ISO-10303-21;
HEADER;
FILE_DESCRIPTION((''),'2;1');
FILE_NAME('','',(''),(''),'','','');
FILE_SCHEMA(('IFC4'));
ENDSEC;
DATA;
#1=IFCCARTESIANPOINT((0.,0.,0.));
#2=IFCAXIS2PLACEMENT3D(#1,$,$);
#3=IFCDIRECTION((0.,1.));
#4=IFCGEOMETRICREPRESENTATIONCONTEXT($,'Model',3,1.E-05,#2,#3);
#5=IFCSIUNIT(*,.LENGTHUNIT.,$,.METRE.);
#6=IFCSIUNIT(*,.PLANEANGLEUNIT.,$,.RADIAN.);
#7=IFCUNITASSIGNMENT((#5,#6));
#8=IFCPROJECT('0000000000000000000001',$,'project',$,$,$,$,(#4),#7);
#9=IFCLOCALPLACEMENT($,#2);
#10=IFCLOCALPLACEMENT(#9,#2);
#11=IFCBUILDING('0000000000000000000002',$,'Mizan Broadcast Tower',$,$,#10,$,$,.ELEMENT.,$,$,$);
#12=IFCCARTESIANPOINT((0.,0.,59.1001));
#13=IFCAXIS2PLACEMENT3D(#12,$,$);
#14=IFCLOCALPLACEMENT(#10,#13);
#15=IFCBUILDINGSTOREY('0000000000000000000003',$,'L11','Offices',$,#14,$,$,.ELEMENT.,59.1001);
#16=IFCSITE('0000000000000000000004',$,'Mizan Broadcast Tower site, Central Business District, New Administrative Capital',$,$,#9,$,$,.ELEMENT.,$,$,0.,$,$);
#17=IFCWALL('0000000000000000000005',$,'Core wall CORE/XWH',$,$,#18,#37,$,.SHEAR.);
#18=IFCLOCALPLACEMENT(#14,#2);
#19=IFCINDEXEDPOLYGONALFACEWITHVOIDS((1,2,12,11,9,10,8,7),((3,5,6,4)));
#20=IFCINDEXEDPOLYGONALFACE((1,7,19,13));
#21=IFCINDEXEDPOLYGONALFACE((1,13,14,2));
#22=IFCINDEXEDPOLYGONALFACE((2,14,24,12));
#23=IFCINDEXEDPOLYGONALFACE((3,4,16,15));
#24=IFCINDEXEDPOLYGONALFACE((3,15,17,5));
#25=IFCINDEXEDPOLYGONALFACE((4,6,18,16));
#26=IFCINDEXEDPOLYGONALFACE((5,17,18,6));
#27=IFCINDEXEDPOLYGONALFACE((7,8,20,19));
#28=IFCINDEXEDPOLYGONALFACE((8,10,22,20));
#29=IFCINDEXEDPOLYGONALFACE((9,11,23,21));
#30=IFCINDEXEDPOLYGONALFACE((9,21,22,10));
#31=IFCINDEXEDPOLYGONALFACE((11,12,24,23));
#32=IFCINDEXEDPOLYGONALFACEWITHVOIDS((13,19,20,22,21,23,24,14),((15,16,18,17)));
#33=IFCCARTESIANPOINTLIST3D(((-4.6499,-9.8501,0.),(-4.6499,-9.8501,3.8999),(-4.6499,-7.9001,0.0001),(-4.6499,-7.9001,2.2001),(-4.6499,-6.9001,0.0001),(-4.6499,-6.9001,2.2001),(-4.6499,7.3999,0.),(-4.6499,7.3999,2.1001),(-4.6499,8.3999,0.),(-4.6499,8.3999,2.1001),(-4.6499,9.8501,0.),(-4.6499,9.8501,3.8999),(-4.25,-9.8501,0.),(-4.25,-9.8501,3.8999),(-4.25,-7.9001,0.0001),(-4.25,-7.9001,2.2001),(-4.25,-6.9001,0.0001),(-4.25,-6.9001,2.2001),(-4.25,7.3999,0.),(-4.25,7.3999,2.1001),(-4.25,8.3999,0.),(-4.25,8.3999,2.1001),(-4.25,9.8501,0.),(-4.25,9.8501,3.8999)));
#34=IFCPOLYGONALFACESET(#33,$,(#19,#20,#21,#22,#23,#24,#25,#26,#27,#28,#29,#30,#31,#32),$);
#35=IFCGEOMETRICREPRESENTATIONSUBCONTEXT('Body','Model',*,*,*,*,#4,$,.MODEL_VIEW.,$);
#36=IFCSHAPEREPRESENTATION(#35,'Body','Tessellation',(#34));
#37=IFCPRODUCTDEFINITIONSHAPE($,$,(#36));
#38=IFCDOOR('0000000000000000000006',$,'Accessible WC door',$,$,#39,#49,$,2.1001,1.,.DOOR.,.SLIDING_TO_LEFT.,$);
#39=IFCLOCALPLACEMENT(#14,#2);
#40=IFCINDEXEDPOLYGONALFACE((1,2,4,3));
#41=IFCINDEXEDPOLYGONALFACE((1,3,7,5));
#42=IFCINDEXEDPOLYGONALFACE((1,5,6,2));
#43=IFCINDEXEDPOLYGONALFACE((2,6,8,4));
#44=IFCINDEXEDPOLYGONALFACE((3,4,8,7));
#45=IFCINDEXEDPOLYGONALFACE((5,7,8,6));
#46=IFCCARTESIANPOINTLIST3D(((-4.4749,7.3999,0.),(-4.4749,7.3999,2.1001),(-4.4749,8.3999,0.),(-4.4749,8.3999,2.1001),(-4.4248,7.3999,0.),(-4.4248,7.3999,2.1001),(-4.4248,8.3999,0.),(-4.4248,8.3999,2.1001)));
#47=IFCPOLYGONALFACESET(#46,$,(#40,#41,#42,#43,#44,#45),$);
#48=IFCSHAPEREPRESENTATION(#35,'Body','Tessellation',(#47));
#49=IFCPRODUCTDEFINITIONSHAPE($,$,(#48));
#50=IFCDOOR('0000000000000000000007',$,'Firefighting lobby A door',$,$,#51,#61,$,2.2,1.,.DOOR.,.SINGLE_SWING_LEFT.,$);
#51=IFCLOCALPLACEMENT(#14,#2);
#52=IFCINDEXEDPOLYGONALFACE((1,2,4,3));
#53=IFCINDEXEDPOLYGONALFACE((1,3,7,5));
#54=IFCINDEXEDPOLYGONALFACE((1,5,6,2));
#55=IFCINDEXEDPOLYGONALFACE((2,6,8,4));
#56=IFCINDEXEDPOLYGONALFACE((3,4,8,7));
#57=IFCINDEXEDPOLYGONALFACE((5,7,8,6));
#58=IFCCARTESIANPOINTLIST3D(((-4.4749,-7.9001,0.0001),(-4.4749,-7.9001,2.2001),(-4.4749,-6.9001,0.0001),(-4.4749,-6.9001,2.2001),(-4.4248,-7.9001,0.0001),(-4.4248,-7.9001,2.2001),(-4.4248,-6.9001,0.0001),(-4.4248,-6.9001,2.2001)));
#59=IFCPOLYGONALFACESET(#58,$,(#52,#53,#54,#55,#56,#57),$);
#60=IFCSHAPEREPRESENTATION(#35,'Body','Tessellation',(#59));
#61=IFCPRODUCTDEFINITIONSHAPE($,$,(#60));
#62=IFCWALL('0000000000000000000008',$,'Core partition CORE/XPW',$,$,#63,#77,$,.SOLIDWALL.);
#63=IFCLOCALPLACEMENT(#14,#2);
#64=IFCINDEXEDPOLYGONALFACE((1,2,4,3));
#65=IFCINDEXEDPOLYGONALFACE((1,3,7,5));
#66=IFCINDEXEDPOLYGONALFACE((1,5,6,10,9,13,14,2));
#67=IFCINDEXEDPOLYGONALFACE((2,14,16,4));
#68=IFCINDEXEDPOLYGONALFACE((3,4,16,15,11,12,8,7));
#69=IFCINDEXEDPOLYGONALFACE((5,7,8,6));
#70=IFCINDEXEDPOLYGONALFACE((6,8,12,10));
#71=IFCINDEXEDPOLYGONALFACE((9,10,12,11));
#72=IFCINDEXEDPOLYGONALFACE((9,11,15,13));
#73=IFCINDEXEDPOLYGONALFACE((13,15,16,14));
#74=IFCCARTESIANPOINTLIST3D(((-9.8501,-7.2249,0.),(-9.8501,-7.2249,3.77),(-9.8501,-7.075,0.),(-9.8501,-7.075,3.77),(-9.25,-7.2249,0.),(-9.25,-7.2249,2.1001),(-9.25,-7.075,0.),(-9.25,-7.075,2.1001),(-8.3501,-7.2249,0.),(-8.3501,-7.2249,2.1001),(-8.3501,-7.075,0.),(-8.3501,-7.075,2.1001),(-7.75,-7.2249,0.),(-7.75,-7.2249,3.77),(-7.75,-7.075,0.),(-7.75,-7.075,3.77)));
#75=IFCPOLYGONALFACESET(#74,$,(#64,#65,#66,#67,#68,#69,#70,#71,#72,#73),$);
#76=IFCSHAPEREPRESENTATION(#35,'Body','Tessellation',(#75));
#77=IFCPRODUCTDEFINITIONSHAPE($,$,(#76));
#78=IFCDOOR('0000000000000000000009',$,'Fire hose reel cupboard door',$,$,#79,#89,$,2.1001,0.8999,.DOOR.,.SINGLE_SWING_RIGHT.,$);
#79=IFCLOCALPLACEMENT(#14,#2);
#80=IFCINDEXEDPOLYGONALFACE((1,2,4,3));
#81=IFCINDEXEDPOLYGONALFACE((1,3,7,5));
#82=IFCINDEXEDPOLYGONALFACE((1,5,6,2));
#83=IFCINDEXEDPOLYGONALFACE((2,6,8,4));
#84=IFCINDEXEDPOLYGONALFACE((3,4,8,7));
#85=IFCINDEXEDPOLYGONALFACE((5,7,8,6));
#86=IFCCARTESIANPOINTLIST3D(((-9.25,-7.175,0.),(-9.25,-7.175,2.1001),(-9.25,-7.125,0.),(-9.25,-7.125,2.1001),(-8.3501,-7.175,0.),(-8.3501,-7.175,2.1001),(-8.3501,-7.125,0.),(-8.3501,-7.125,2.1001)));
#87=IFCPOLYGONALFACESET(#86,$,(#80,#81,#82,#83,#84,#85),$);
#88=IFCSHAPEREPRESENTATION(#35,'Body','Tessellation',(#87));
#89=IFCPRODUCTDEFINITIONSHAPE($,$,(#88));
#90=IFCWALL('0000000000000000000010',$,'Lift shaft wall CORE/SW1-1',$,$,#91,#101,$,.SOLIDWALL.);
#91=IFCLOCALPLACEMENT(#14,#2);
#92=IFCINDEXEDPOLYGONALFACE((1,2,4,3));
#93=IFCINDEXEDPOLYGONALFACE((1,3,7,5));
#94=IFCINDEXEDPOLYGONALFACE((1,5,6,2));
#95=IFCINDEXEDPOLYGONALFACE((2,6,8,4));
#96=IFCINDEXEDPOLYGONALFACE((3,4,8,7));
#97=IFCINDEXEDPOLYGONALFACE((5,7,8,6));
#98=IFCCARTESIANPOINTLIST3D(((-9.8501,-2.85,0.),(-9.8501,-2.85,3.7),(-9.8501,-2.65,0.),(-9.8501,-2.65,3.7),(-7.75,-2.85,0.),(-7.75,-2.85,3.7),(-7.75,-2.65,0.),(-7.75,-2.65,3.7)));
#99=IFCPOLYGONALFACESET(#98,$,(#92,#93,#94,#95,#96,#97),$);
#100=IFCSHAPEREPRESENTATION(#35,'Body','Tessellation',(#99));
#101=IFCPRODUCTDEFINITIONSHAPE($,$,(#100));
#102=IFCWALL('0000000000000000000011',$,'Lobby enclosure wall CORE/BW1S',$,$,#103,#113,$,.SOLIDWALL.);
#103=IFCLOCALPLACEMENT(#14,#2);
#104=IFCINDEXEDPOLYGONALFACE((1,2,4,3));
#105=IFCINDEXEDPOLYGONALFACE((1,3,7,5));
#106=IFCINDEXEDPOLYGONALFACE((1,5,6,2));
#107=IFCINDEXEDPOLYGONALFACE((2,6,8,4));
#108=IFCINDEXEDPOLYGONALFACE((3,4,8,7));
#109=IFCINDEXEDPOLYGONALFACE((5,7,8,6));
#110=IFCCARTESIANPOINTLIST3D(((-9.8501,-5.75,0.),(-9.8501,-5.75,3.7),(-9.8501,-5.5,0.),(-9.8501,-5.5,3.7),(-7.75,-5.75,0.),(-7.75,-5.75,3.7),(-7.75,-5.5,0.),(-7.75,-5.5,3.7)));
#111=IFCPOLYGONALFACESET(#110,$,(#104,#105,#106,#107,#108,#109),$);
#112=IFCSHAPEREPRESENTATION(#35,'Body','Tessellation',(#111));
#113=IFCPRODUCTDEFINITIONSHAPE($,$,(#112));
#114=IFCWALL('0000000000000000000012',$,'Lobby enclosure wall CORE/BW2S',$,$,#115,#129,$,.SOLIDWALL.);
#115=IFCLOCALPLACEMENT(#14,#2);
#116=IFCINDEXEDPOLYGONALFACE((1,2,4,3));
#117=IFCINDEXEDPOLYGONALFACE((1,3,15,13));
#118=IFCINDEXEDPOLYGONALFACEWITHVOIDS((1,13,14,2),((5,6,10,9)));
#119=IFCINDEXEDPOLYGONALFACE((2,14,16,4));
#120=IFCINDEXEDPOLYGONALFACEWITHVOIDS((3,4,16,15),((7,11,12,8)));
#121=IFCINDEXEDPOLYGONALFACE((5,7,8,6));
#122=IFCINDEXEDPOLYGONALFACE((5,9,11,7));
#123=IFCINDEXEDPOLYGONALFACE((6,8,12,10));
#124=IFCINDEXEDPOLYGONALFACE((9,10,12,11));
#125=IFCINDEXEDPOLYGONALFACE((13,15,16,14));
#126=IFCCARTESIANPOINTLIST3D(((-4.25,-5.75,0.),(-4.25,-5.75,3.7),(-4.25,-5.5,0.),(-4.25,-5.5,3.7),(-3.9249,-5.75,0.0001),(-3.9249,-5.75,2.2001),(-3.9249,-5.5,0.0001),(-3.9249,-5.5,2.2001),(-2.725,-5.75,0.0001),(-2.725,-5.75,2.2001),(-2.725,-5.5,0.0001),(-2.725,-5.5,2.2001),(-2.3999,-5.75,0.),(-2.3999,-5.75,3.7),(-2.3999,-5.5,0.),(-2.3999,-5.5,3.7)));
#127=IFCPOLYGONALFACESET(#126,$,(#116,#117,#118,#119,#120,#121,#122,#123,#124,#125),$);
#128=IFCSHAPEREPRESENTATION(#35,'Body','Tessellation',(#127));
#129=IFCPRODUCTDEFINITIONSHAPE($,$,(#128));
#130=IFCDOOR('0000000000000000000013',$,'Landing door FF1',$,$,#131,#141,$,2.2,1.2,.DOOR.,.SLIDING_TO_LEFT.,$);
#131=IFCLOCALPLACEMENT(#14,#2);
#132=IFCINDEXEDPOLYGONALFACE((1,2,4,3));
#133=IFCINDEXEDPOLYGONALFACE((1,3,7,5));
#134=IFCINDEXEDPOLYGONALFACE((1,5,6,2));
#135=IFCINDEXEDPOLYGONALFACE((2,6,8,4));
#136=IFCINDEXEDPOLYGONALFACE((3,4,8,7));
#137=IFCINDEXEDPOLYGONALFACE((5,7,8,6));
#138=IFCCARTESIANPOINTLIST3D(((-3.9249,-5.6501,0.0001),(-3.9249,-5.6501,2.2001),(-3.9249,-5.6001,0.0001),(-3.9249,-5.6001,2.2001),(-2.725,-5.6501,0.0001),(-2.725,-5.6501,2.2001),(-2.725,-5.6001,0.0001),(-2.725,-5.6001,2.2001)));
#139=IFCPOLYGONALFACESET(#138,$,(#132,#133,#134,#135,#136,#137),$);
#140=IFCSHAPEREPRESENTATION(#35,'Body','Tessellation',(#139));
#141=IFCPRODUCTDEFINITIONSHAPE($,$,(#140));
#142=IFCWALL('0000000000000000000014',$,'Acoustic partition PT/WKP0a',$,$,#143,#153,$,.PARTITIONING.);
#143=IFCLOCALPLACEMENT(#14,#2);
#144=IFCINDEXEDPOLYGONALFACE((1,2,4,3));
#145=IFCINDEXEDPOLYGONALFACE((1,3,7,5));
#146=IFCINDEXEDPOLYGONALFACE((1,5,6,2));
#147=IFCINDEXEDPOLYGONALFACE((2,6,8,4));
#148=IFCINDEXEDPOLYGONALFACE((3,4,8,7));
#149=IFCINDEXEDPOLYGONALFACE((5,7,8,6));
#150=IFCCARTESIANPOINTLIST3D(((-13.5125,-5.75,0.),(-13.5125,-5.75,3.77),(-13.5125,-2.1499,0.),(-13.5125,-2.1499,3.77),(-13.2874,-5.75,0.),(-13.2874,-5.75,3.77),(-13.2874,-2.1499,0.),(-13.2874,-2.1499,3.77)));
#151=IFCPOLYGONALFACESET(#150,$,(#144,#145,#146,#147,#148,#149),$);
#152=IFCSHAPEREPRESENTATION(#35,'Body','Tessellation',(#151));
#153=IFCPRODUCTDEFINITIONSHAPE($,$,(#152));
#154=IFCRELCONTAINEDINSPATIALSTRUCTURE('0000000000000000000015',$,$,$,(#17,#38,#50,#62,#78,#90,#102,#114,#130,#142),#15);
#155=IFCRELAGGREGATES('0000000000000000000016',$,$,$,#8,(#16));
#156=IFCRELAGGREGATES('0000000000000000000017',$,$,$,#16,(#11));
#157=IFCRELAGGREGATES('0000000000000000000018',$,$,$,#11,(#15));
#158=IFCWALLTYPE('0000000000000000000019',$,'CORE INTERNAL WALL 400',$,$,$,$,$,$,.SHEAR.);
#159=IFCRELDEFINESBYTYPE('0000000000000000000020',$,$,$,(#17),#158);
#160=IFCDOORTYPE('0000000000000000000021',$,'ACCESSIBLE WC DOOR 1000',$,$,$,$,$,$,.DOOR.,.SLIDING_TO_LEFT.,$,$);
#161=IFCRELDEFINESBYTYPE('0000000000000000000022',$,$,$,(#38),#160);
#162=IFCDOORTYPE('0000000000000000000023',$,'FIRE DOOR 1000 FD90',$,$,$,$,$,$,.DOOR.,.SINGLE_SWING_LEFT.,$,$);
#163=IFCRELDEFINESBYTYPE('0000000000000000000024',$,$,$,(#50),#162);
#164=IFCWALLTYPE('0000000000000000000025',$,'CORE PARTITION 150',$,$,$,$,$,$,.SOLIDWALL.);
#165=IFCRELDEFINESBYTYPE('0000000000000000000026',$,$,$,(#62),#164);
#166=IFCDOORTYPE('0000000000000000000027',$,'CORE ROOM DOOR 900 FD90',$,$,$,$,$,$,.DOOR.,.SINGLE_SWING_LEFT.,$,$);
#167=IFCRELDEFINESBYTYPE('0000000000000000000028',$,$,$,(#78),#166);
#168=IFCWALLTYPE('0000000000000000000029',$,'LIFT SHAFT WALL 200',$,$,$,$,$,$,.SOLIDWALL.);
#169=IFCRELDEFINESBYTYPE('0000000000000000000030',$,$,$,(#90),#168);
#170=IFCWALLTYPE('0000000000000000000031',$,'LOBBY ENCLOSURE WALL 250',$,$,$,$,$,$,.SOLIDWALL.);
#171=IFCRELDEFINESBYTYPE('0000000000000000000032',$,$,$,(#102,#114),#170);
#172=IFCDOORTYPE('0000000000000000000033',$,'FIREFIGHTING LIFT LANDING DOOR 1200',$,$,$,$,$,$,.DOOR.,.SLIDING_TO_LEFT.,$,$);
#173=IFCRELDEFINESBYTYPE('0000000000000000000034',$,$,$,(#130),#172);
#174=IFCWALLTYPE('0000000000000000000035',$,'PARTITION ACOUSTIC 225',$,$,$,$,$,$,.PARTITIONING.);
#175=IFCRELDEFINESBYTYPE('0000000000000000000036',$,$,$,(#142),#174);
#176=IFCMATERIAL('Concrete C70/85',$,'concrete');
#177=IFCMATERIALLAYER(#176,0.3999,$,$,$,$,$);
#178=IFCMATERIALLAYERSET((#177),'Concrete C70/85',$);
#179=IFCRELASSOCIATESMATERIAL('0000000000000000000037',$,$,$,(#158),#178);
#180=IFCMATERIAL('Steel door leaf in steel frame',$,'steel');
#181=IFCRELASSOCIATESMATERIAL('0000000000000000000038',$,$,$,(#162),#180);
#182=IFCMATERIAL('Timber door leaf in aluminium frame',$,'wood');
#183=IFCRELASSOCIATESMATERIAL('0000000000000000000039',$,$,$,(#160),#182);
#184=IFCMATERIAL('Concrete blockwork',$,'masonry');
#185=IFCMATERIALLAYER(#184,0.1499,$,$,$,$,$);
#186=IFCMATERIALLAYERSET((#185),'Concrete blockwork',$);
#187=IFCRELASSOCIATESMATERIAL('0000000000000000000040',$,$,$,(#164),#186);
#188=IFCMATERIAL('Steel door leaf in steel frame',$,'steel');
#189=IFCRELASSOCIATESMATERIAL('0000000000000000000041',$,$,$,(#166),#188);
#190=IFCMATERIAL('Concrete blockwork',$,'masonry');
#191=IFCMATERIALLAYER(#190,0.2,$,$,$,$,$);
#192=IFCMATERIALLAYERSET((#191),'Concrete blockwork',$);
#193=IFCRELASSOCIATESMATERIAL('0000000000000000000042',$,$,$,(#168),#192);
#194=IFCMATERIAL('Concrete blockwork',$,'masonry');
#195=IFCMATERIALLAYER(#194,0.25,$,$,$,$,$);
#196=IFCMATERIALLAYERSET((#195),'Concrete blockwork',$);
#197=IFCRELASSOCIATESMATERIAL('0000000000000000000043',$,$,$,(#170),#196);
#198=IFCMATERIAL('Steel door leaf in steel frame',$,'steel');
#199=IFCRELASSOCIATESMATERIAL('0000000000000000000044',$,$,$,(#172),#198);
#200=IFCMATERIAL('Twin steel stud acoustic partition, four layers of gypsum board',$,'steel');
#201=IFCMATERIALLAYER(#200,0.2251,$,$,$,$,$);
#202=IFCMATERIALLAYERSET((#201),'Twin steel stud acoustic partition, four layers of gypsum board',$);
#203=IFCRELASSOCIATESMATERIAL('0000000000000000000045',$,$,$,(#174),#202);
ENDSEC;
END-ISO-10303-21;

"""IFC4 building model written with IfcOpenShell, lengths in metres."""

from ifc_helpers import new_model, si_unit, direction, frame, frame_2d, origin, place, context, subcontext, project, spatial, rectangle, extrude, material, layer, layer_set, type_object, element, fill, save


model = new_model("IFC4")

# Units and contexts
model_context = context("Model", 3, precision=1e-05, world=origin(), true_north=direction((0.0, 1.0)))
body_context = subcontext(model_context, "Body", "Model", "MODEL_VIEW")
ifc_project = project(units=[si_unit("LENGTHUNIT", "METRE"), si_unit("PLANEANGLEUNIT", "RADIAN")], contexts=[model_context])

# Site, building, storey
site_placement = place(None, origin())
site = spatial("IfcSite", under=ifc_project, at=site_placement, Name="Mizan Broadcast Tower site, Central Business District, New Administrative Capital", CompositionType="ELEMENT", RefElevation=0.0)
building_placement = place(site_placement, origin())
building = spatial("IfcBuilding", under=site, at=building_placement, Name="Mizan Broadcast Tower", CompositionType="ELEMENT")
storey_placement = place(building_placement, frame((0.0, 0.0, 59.1001)))
storey = spatial("IfcBuildingStorey", under=building, at=storey_placement, Name="L11", Description="Offices", CompositionType="ELEMENT", Elevation=59.1001)

# Wall, openings, doors
ifc_material_1 = material(Name="Concrete C70/85", Category="concrete")
ifc_layer_1 = layer(ifc_material_1, 0.3999)
ifc_layer_set_1 = layer_set([ifc_layer_1], Name="Concrete C70/85")
wall_type_1 = type_object("IfcWallType", Name="CORE INTERNAL WALL 400", PredefinedType="SHEAR", material=ifc_layer_set_1)
ifc_material_2 = material(Name="Steel door leaf in steel frame", Category="steel")
door_type_1 = type_object("IfcDoorType", Name="FIRE DOOR 1000 FD90", OperationType="SINGLE_SWING_LEFT", PredefinedType="DOOR", material=ifc_material_2)
wall_1_placement = place(storey_placement, frame((-4.45, -9.8501, 0.0), z_axis=(0.0, 0.0, 1.0), x_axis=(0.0, 1.0, 0.0)))
wall_1 = element("IfcWall", 1, at=wall_1_placement, inside=storey, type_object=wall_type_1, Name="Core wall CORE/XWH", PredefinedType="SHEAR", context=body_context, shape_type="SweptSolid", body=[
    extrude(rectangle(XDim=19.7002, YDim=0.3999, at=frame_2d((9.8501, 0.0))), origin(), (0.0, 0.0, 1.0), 3.8999),
])
opening_1_placement = place(wall_1_placement, frame((1.95, 0.0, 0.0)))
opening_1 = element("IfcOpeningElement", 2, at=opening_1_placement, cuts=wall_1, PredefinedType="OPENING", context=body_context, shape_type="SweptSolid", body=[
    extrude(rectangle(XDim=1.0, YDim=2.2, at=frame_2d((0.5, 1.1001))), frame((0.0, 0.21, 0.0), z_axis=(0.0, -1.0, 0.0), x_axis=(1.0, 0.0, 0.0)), (0.0, 0.0, 1.0), 0.4199),
])
opening_2_placement = place(wall_1_placement, frame((17.25, 0.0, 0.0)))
opening_2 = element("IfcOpeningElement", 3, at=opening_2_placement, cuts=wall_1, PredefinedType="OPENING", context=body_context, shape_type="SweptSolid", body=[
    extrude(rectangle(XDim=1.0, YDim=2.1001, at=frame_2d((0.5, 1.05))), frame((0.0, 0.21, 0.0), z_axis=(0.0, -1.0, 0.0), x_axis=(1.0, 0.0, 0.0)), (0.0, 0.0, 1.0), 0.4199),
])
ifc_material_3 = material(Name="Timber door leaf in aluminium frame", Category="wood")
door_type_2 = type_object("IfcDoorType", Name="ACCESSIBLE WC DOOR 1000", OperationType="SLIDING_TO_LEFT", PredefinedType="DOOR", material=ifc_material_3)
door_1_placement = place(opening_2_placement, origin())
door_1 = element("IfcDoor", 4, at=door_1_placement, inside=storey, type_object=door_type_2, Name="Accessible WC door", OperationType="SLIDING_TO_LEFT", OverallHeight=2.1001, OverallWidth=1.0, PredefinedType="DOOR", context=body_context, shape_type="SweptSolid", body=[
    extrude(rectangle(XDim=1.0, YDim=2.1001, at=frame_2d((0.5, 1.05))), frame((0.0, 0.0249, 0.0), z_axis=(0.0, -1.0, 0.0), x_axis=(1.0, 0.0, 0.0)), (0.0, 0.0, 1.0), 0.05),
])
fill(opening_2, door_1)
door_2_placement = place(opening_1_placement, origin())
door_2 = element("IfcDoor", 5, at=door_2_placement, inside=storey, type_object=door_type_1, Name="Firefighting lobby A door", OperationType="SINGLE_SWING_LEFT", OverallHeight=2.2, OverallWidth=1.0, PredefinedType="DOOR", context=body_context, shape_type="SweptSolid", body=[
    extrude(rectangle(XDim=1.0, YDim=2.2, at=frame_2d((0.5, 1.1001))), frame((0.0, 0.0249, 0.0), z_axis=(0.0, -1.0, 0.0), x_axis=(1.0, 0.0, 0.0)), (0.0, 0.0, 1.0), 0.05),
])
fill(opening_1, door_2)

# Wall, opening, door
ifc_material_4 = material(Name="Concrete blockwork", Category="masonry")
ifc_layer_2 = layer(ifc_material_4, 0.1499)
ifc_layer_set_2 = layer_set([ifc_layer_2], Name="Concrete blockwork")
wall_type_2 = type_object("IfcWallType", Name="CORE PARTITION 150", PredefinedType="SOLIDWALL", material=ifc_layer_set_2)
wall_2_placement = place(storey_placement, frame((-9.8501, -7.1499, 0.0), z_axis=(0.0, 0.0, 1.0), x_axis=(1.0, 0.0, 0.0)))
wall_2 = element("IfcWall", 6, at=wall_2_placement, inside=storey, type_object=wall_type_2, Name="Core partition CORE/XPW", PredefinedType="SOLIDWALL", context=body_context, shape_type="SweptSolid", body=[
    extrude(rectangle(XDim=2.1001, YDim=0.1499, at=frame_2d((1.05, 0.0))), origin(), (0.0, 0.0, 1.0), 3.77),
])
opening_3_placement = place(wall_2_placement, frame((0.6001, 0.0, 0.0)))
opening_3 = element("IfcOpeningElement", 7, at=opening_3_placement, cuts=wall_2, PredefinedType="OPENING", context=body_context, shape_type="SweptSolid", body=[
    extrude(rectangle(XDim=0.8999, YDim=2.1001, at=frame_2d((0.45, 1.05))), frame((0.0, 0.085, 0.0), z_axis=(0.0, -1.0, 0.0), x_axis=(1.0, 0.0, 0.0)), (0.0, 0.0, 1.0), 0.1699),
])
ifc_material_5 = material(Name="Steel door leaf in steel frame", Category="steel")
door_type_3 = type_object("IfcDoorType", Name="CORE ROOM DOOR 900 FD90", OperationType="SINGLE_SWING_LEFT", PredefinedType="DOOR", material=ifc_material_5)
door_3_placement = place(opening_3_placement, origin())
door_3 = element("IfcDoor", 8, at=door_3_placement, inside=storey, type_object=door_type_3, Name="Fire hose reel cupboard door", OperationType="SINGLE_SWING_RIGHT", OverallHeight=2.1001, OverallWidth=0.8999, PredefinedType="DOOR", context=body_context, shape_type="SweptSolid", body=[
    extrude(rectangle(XDim=0.8999, YDim=2.1001, at=frame_2d((0.45, 1.05))), frame((0.0, 0.0249, 0.0), z_axis=(0.0, -1.0, 0.0), x_axis=(1.0, 0.0, 0.0)), (0.0, 0.0, 1.0), 0.05),
])
fill(opening_3, door_3)

# Walls
ifc_material_6 = material(Name="Concrete blockwork", Category="masonry")
ifc_layer_3 = layer(ifc_material_6, 0.2)
ifc_layer_set_3 = layer_set([ifc_layer_3], Name="Concrete blockwork")
wall_type_3 = type_object("IfcWallType", Name="LIFT SHAFT WALL 200", PredefinedType="SOLIDWALL", material=ifc_layer_set_3)
wall_3_placement = place(storey_placement, frame((-9.8501, -2.75, 0.0), z_axis=(0.0, 0.0, 1.0), x_axis=(1.0, 0.0, 0.0)))
element("IfcWall", 9, at=wall_3_placement, inside=storey, type_object=wall_type_3, Name="Lift shaft wall CORE/SW1-1", PredefinedType="SOLIDWALL", context=body_context, shape_type="SweptSolid", body=[
    extrude(rectangle(XDim=2.1001, YDim=0.2, at=frame_2d((1.05, 0.0))), origin(), (0.0, 0.0, 1.0), 3.7),
])
ifc_material_7 = material(Name="Concrete blockwork", Category="masonry")
ifc_layer_4 = layer(ifc_material_7, 0.25)
ifc_layer_set_4 = layer_set([ifc_layer_4], Name="Concrete blockwork")
wall_type_4 = type_object("IfcWallType", Name="LOBBY ENCLOSURE WALL 250", PredefinedType="SOLIDWALL", material=ifc_layer_set_4)
wall_4_placement = place(storey_placement, frame((-9.8501, -5.625, 0.0), z_axis=(0.0, 0.0, 1.0), x_axis=(1.0, 0.0, 0.0)))
element("IfcWall", 10, at=wall_4_placement, inside=storey, type_object=wall_type_4, Name="Lobby enclosure wall CORE/BW1S", PredefinedType="SOLIDWALL", context=body_context, shape_type="SweptSolid", body=[
    extrude(rectangle(XDim=2.1001, YDim=0.25, at=frame_2d((1.05, 0.0))), origin(), (0.0, 0.0, 1.0), 3.7),
])

# Wall, opening, door
wall_5_placement = place(storey_placement, frame((-4.25, -5.625, 0.0), z_axis=(0.0, 0.0, 1.0), x_axis=(1.0, 0.0, 0.0)))
wall_5 = element("IfcWall", 11, at=wall_5_placement, inside=storey, type_object=wall_type_4, Name="Lobby enclosure wall CORE/BW2S", PredefinedType="SOLIDWALL", context=body_context, shape_type="SweptSolid", body=[
    extrude(rectangle(XDim=1.8501, YDim=0.25, at=frame_2d((0.925, 0.0))), origin(), (0.0, 0.0, 1.0), 3.7),
])
opening_4_placement = place(wall_5_placement, frame((0.325, 0.0, 0.0)))
opening_4 = element("IfcOpeningElement", 12, at=opening_4_placement, cuts=wall_5, PredefinedType="OPENING", context=body_context, shape_type="SweptSolid", body=[
    extrude(rectangle(XDim=1.2, YDim=2.2, at=frame_2d((0.6001, 1.1001))), frame((0.0, 0.135, 0.0), z_axis=(0.0, -1.0, 0.0), x_axis=(1.0, 0.0, 0.0)), (0.0, 0.0, 1.0), 0.27),
])
ifc_material_8 = material(Name="Steel door leaf in steel frame", Category="steel")
door_type_4 = type_object("IfcDoorType", Name="FIREFIGHTING LIFT LANDING DOOR 1200", OperationType="SLIDING_TO_LEFT", PredefinedType="DOOR", material=ifc_material_8)
door_4_placement = place(opening_4_placement, origin())
door_4 = element("IfcDoor", 13, at=door_4_placement, inside=storey, type_object=door_type_4, Name="Landing door FF1", OperationType="SLIDING_TO_LEFT", OverallHeight=2.2, OverallWidth=1.2, PredefinedType="DOOR", context=body_context, shape_type="SweptSolid", body=[
    extrude(rectangle(XDim=1.2, YDim=2.2, at=frame_2d((0.6001, 1.1001))), frame((0.0, 0.0249, 0.0), z_axis=(0.0, -1.0, 0.0), x_axis=(1.0, 0.0, 0.0)), (0.0, 0.0, 1.0), 0.05),
])
fill(opening_4, door_4)

# Wall
ifc_material_9 = material(Name="Twin steel stud acoustic partition, four layers of gypsum board", Category="steel")
ifc_layer_5 = layer(ifc_material_9, 0.2251)
ifc_layer_set_5 = layer_set([ifc_layer_5], Name="Twin steel stud acoustic partition, four layers of gypsum board")
wall_type_5 = type_object("IfcWallType", Name="PARTITION ACOUSTIC 225", PredefinedType="PARTITIONING", material=ifc_layer_set_5)
wall_6_placement = place(storey_placement, frame((-13.3999, -2.1499, 0.0), z_axis=(0.0, 0.0, 1.0), x_axis=(0.0, -1.0, 0.0)))
element("IfcWall", 14, at=wall_6_placement, inside=storey, type_object=wall_type_5, Name="Acoustic partition PT/WKP0a", PredefinedType="PARTITIONING", context=body_context, shape_type="SweptSolid", body=[
    extrude(rectangle(XDim=3.6001, YDim=0.2251, at=frame_2d((1.8, 0.0))), origin(), (0.0, 0.0, 1.0), 3.77),
])

save(model, "model.ifc")
